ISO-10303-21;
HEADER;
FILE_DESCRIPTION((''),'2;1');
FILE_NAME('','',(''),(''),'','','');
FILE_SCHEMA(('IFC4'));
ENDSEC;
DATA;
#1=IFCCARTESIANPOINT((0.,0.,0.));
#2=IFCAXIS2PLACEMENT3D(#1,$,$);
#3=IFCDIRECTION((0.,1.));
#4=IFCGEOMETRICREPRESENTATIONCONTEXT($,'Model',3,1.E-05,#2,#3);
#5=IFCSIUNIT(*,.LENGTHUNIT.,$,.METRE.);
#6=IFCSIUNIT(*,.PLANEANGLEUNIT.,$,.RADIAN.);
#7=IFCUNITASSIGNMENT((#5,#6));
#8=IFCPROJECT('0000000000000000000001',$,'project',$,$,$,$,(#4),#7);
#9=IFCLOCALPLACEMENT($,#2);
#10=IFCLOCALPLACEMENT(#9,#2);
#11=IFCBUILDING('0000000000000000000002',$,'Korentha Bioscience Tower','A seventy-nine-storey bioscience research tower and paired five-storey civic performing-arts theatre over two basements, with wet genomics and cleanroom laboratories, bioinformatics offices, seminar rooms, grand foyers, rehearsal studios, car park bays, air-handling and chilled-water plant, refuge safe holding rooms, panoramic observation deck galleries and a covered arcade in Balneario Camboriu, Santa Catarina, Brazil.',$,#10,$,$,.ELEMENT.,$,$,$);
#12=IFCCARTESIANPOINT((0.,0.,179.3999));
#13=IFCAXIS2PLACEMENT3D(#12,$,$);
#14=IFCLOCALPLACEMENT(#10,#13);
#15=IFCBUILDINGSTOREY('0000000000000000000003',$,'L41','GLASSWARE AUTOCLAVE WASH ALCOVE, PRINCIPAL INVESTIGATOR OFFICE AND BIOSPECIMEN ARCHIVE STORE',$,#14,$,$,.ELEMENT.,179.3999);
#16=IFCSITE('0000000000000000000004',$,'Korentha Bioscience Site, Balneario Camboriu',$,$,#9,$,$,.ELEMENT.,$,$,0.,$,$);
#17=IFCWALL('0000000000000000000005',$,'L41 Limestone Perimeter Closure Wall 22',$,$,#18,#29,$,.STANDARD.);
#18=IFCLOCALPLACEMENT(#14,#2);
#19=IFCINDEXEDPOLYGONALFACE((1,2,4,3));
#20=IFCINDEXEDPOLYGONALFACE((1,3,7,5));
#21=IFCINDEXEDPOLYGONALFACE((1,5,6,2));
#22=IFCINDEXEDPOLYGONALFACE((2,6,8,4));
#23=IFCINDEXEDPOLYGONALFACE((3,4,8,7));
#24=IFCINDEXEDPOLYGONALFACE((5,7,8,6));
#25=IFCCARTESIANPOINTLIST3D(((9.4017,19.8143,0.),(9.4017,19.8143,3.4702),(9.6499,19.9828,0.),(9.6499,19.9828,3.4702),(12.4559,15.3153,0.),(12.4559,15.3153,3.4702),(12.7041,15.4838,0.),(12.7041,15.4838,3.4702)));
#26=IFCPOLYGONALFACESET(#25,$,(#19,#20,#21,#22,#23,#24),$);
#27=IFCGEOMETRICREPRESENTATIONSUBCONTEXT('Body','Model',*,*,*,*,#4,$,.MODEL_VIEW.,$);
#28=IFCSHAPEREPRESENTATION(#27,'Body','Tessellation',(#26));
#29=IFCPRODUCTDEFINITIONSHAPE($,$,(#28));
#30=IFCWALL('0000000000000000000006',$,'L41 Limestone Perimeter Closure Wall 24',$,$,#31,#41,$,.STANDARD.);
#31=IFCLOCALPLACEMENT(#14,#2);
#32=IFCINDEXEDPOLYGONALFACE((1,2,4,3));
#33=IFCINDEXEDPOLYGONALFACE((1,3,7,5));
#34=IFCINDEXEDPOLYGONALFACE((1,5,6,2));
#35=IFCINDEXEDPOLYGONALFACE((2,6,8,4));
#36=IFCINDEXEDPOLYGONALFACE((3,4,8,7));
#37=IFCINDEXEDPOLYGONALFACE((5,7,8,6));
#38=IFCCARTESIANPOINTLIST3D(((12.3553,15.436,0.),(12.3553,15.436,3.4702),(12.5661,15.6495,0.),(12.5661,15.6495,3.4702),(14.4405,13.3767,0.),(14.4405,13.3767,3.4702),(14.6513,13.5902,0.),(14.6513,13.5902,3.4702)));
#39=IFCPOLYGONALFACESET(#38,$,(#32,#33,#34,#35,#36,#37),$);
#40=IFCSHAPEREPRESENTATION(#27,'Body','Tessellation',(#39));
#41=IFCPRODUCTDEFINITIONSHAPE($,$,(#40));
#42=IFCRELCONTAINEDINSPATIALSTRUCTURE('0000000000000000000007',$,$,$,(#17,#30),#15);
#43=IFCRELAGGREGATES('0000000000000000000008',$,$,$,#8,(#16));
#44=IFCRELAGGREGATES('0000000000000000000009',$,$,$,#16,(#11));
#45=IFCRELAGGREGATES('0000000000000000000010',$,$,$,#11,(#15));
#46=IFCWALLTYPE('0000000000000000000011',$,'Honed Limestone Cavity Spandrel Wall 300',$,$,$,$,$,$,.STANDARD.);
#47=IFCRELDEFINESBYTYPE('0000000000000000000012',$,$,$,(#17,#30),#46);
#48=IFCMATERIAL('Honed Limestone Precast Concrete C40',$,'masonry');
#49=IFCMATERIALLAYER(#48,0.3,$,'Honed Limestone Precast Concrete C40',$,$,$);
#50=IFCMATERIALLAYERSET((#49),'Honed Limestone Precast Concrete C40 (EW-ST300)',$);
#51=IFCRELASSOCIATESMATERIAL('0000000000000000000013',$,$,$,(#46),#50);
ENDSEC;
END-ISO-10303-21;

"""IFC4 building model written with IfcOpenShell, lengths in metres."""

from ifc_helpers import new_model, si_unit, direction, frame, frame_2d, origin, place, context, subcontext, project, spatial, rectangle, extrude, material, layer, layer_set, type_object, element, save


model = new_model("IFC4")

# Units and contexts
model_context = context("Model", 3, precision=1e-05, world=origin(), true_north=direction((0.0, 1.0)))
body_context = subcontext(model_context, "Body", "Model", "MODEL_VIEW")
ifc_project = project(units=[si_unit("LENGTHUNIT", "METRE"), si_unit("PLANEANGLEUNIT", "RADIAN")], contexts=[model_context])

# Site, building, storey
site_placement = place(None, origin())
site = spatial("IfcSite", under=ifc_project, at=site_placement, Name="Korentha Bioscience Site, Balneario Camboriu", CompositionType="ELEMENT", RefElevation=0.0)
building_placement = place(site_placement, origin())
building = spatial("IfcBuilding", under=site, at=building_placement, Name="Korentha Bioscience Tower", Description="A seventy-nine-storey bioscience research tower and paired five-storey civic performing-arts theatre over two basements, with wet genomics and cleanroom laboratories, bioinformatics offices, seminar rooms, grand foyers, rehearsal studios, car park bays, air-handling and chilled-water plant, refuge safe holding rooms, panoramic observation deck galleries and a covered arcade in Balneario Camboriu, Santa Catarina, Brazil.", CompositionType="ELEMENT")
storey_placement = place(building_placement, frame((0.0, 0.0, 179.3999)))
storey = spatial("IfcBuildingStorey", under=building, at=storey_placement, Name="L41", Description="GLASSWARE AUTOCLAVE WASH ALCOVE, PRINCIPAL INVESTIGATOR OFFICE AND BIOSPECIMEN ARCHIVE STORE", CompositionType="ELEMENT", Elevation=179.3999)

# Walls
ifc_material_1 = material(Name="Honed Limestone Precast Concrete C40", Category="masonry")
ifc_layer_1 = layer(ifc_material_1, 0.3, Name="Honed Limestone Precast Concrete C40")
ifc_layer_set_1 = layer_set([ifc_layer_1], Name="Honed Limestone Precast Concrete C40 (EW-ST300)")
wall_type_1 = type_object("IfcWallType", Name="Honed Limestone Cavity Spandrel Wall 300", PredefinedType="STANDARD", material=ifc_layer_set_1)
wall_1_placement = place(storey_placement, frame((9.5259, 19.8984, 0.0), z_axis=(0.0, 0.0, 1.0), x_axis=(0.561664, -0.827365, 0.0)))
element("IfcWall", 1, at=wall_1_placement, inside=storey, type_object=wall_type_1, Name="L41 Limestone Perimeter Closure Wall 22", PredefinedType="STANDARD", context=body_context, shape_type="SweptSolid", body=[
    extrude(rectangle(XDim=5.4377, YDim=0.3, at=frame_2d((2.7188, 0.0))), origin(), (0.0, 0.0, 1.0), 3.4702),
])
wall_2_placement = place(storey_placement, frame((12.4607, 15.5427, 0.0), z_axis=(0.0, 0.0, 1.0), x_axis=(0.711508, -0.702678, 0.0)))
element("IfcWall", 2, at=wall_2_placement, inside=storey, type_object=wall_type_1, Name="L41 Limestone Perimeter Closure Wall 24", PredefinedType="STANDARD", context=body_context, shape_type="SweptSolid", body=[
    extrude(rectangle(XDim=2.9307, YDim=0.3, at=frame_2d((1.4653, 0.0))), origin(), (0.0, 0.0, 1.0), 3.4702),
])

save(model, "model.ifc")
